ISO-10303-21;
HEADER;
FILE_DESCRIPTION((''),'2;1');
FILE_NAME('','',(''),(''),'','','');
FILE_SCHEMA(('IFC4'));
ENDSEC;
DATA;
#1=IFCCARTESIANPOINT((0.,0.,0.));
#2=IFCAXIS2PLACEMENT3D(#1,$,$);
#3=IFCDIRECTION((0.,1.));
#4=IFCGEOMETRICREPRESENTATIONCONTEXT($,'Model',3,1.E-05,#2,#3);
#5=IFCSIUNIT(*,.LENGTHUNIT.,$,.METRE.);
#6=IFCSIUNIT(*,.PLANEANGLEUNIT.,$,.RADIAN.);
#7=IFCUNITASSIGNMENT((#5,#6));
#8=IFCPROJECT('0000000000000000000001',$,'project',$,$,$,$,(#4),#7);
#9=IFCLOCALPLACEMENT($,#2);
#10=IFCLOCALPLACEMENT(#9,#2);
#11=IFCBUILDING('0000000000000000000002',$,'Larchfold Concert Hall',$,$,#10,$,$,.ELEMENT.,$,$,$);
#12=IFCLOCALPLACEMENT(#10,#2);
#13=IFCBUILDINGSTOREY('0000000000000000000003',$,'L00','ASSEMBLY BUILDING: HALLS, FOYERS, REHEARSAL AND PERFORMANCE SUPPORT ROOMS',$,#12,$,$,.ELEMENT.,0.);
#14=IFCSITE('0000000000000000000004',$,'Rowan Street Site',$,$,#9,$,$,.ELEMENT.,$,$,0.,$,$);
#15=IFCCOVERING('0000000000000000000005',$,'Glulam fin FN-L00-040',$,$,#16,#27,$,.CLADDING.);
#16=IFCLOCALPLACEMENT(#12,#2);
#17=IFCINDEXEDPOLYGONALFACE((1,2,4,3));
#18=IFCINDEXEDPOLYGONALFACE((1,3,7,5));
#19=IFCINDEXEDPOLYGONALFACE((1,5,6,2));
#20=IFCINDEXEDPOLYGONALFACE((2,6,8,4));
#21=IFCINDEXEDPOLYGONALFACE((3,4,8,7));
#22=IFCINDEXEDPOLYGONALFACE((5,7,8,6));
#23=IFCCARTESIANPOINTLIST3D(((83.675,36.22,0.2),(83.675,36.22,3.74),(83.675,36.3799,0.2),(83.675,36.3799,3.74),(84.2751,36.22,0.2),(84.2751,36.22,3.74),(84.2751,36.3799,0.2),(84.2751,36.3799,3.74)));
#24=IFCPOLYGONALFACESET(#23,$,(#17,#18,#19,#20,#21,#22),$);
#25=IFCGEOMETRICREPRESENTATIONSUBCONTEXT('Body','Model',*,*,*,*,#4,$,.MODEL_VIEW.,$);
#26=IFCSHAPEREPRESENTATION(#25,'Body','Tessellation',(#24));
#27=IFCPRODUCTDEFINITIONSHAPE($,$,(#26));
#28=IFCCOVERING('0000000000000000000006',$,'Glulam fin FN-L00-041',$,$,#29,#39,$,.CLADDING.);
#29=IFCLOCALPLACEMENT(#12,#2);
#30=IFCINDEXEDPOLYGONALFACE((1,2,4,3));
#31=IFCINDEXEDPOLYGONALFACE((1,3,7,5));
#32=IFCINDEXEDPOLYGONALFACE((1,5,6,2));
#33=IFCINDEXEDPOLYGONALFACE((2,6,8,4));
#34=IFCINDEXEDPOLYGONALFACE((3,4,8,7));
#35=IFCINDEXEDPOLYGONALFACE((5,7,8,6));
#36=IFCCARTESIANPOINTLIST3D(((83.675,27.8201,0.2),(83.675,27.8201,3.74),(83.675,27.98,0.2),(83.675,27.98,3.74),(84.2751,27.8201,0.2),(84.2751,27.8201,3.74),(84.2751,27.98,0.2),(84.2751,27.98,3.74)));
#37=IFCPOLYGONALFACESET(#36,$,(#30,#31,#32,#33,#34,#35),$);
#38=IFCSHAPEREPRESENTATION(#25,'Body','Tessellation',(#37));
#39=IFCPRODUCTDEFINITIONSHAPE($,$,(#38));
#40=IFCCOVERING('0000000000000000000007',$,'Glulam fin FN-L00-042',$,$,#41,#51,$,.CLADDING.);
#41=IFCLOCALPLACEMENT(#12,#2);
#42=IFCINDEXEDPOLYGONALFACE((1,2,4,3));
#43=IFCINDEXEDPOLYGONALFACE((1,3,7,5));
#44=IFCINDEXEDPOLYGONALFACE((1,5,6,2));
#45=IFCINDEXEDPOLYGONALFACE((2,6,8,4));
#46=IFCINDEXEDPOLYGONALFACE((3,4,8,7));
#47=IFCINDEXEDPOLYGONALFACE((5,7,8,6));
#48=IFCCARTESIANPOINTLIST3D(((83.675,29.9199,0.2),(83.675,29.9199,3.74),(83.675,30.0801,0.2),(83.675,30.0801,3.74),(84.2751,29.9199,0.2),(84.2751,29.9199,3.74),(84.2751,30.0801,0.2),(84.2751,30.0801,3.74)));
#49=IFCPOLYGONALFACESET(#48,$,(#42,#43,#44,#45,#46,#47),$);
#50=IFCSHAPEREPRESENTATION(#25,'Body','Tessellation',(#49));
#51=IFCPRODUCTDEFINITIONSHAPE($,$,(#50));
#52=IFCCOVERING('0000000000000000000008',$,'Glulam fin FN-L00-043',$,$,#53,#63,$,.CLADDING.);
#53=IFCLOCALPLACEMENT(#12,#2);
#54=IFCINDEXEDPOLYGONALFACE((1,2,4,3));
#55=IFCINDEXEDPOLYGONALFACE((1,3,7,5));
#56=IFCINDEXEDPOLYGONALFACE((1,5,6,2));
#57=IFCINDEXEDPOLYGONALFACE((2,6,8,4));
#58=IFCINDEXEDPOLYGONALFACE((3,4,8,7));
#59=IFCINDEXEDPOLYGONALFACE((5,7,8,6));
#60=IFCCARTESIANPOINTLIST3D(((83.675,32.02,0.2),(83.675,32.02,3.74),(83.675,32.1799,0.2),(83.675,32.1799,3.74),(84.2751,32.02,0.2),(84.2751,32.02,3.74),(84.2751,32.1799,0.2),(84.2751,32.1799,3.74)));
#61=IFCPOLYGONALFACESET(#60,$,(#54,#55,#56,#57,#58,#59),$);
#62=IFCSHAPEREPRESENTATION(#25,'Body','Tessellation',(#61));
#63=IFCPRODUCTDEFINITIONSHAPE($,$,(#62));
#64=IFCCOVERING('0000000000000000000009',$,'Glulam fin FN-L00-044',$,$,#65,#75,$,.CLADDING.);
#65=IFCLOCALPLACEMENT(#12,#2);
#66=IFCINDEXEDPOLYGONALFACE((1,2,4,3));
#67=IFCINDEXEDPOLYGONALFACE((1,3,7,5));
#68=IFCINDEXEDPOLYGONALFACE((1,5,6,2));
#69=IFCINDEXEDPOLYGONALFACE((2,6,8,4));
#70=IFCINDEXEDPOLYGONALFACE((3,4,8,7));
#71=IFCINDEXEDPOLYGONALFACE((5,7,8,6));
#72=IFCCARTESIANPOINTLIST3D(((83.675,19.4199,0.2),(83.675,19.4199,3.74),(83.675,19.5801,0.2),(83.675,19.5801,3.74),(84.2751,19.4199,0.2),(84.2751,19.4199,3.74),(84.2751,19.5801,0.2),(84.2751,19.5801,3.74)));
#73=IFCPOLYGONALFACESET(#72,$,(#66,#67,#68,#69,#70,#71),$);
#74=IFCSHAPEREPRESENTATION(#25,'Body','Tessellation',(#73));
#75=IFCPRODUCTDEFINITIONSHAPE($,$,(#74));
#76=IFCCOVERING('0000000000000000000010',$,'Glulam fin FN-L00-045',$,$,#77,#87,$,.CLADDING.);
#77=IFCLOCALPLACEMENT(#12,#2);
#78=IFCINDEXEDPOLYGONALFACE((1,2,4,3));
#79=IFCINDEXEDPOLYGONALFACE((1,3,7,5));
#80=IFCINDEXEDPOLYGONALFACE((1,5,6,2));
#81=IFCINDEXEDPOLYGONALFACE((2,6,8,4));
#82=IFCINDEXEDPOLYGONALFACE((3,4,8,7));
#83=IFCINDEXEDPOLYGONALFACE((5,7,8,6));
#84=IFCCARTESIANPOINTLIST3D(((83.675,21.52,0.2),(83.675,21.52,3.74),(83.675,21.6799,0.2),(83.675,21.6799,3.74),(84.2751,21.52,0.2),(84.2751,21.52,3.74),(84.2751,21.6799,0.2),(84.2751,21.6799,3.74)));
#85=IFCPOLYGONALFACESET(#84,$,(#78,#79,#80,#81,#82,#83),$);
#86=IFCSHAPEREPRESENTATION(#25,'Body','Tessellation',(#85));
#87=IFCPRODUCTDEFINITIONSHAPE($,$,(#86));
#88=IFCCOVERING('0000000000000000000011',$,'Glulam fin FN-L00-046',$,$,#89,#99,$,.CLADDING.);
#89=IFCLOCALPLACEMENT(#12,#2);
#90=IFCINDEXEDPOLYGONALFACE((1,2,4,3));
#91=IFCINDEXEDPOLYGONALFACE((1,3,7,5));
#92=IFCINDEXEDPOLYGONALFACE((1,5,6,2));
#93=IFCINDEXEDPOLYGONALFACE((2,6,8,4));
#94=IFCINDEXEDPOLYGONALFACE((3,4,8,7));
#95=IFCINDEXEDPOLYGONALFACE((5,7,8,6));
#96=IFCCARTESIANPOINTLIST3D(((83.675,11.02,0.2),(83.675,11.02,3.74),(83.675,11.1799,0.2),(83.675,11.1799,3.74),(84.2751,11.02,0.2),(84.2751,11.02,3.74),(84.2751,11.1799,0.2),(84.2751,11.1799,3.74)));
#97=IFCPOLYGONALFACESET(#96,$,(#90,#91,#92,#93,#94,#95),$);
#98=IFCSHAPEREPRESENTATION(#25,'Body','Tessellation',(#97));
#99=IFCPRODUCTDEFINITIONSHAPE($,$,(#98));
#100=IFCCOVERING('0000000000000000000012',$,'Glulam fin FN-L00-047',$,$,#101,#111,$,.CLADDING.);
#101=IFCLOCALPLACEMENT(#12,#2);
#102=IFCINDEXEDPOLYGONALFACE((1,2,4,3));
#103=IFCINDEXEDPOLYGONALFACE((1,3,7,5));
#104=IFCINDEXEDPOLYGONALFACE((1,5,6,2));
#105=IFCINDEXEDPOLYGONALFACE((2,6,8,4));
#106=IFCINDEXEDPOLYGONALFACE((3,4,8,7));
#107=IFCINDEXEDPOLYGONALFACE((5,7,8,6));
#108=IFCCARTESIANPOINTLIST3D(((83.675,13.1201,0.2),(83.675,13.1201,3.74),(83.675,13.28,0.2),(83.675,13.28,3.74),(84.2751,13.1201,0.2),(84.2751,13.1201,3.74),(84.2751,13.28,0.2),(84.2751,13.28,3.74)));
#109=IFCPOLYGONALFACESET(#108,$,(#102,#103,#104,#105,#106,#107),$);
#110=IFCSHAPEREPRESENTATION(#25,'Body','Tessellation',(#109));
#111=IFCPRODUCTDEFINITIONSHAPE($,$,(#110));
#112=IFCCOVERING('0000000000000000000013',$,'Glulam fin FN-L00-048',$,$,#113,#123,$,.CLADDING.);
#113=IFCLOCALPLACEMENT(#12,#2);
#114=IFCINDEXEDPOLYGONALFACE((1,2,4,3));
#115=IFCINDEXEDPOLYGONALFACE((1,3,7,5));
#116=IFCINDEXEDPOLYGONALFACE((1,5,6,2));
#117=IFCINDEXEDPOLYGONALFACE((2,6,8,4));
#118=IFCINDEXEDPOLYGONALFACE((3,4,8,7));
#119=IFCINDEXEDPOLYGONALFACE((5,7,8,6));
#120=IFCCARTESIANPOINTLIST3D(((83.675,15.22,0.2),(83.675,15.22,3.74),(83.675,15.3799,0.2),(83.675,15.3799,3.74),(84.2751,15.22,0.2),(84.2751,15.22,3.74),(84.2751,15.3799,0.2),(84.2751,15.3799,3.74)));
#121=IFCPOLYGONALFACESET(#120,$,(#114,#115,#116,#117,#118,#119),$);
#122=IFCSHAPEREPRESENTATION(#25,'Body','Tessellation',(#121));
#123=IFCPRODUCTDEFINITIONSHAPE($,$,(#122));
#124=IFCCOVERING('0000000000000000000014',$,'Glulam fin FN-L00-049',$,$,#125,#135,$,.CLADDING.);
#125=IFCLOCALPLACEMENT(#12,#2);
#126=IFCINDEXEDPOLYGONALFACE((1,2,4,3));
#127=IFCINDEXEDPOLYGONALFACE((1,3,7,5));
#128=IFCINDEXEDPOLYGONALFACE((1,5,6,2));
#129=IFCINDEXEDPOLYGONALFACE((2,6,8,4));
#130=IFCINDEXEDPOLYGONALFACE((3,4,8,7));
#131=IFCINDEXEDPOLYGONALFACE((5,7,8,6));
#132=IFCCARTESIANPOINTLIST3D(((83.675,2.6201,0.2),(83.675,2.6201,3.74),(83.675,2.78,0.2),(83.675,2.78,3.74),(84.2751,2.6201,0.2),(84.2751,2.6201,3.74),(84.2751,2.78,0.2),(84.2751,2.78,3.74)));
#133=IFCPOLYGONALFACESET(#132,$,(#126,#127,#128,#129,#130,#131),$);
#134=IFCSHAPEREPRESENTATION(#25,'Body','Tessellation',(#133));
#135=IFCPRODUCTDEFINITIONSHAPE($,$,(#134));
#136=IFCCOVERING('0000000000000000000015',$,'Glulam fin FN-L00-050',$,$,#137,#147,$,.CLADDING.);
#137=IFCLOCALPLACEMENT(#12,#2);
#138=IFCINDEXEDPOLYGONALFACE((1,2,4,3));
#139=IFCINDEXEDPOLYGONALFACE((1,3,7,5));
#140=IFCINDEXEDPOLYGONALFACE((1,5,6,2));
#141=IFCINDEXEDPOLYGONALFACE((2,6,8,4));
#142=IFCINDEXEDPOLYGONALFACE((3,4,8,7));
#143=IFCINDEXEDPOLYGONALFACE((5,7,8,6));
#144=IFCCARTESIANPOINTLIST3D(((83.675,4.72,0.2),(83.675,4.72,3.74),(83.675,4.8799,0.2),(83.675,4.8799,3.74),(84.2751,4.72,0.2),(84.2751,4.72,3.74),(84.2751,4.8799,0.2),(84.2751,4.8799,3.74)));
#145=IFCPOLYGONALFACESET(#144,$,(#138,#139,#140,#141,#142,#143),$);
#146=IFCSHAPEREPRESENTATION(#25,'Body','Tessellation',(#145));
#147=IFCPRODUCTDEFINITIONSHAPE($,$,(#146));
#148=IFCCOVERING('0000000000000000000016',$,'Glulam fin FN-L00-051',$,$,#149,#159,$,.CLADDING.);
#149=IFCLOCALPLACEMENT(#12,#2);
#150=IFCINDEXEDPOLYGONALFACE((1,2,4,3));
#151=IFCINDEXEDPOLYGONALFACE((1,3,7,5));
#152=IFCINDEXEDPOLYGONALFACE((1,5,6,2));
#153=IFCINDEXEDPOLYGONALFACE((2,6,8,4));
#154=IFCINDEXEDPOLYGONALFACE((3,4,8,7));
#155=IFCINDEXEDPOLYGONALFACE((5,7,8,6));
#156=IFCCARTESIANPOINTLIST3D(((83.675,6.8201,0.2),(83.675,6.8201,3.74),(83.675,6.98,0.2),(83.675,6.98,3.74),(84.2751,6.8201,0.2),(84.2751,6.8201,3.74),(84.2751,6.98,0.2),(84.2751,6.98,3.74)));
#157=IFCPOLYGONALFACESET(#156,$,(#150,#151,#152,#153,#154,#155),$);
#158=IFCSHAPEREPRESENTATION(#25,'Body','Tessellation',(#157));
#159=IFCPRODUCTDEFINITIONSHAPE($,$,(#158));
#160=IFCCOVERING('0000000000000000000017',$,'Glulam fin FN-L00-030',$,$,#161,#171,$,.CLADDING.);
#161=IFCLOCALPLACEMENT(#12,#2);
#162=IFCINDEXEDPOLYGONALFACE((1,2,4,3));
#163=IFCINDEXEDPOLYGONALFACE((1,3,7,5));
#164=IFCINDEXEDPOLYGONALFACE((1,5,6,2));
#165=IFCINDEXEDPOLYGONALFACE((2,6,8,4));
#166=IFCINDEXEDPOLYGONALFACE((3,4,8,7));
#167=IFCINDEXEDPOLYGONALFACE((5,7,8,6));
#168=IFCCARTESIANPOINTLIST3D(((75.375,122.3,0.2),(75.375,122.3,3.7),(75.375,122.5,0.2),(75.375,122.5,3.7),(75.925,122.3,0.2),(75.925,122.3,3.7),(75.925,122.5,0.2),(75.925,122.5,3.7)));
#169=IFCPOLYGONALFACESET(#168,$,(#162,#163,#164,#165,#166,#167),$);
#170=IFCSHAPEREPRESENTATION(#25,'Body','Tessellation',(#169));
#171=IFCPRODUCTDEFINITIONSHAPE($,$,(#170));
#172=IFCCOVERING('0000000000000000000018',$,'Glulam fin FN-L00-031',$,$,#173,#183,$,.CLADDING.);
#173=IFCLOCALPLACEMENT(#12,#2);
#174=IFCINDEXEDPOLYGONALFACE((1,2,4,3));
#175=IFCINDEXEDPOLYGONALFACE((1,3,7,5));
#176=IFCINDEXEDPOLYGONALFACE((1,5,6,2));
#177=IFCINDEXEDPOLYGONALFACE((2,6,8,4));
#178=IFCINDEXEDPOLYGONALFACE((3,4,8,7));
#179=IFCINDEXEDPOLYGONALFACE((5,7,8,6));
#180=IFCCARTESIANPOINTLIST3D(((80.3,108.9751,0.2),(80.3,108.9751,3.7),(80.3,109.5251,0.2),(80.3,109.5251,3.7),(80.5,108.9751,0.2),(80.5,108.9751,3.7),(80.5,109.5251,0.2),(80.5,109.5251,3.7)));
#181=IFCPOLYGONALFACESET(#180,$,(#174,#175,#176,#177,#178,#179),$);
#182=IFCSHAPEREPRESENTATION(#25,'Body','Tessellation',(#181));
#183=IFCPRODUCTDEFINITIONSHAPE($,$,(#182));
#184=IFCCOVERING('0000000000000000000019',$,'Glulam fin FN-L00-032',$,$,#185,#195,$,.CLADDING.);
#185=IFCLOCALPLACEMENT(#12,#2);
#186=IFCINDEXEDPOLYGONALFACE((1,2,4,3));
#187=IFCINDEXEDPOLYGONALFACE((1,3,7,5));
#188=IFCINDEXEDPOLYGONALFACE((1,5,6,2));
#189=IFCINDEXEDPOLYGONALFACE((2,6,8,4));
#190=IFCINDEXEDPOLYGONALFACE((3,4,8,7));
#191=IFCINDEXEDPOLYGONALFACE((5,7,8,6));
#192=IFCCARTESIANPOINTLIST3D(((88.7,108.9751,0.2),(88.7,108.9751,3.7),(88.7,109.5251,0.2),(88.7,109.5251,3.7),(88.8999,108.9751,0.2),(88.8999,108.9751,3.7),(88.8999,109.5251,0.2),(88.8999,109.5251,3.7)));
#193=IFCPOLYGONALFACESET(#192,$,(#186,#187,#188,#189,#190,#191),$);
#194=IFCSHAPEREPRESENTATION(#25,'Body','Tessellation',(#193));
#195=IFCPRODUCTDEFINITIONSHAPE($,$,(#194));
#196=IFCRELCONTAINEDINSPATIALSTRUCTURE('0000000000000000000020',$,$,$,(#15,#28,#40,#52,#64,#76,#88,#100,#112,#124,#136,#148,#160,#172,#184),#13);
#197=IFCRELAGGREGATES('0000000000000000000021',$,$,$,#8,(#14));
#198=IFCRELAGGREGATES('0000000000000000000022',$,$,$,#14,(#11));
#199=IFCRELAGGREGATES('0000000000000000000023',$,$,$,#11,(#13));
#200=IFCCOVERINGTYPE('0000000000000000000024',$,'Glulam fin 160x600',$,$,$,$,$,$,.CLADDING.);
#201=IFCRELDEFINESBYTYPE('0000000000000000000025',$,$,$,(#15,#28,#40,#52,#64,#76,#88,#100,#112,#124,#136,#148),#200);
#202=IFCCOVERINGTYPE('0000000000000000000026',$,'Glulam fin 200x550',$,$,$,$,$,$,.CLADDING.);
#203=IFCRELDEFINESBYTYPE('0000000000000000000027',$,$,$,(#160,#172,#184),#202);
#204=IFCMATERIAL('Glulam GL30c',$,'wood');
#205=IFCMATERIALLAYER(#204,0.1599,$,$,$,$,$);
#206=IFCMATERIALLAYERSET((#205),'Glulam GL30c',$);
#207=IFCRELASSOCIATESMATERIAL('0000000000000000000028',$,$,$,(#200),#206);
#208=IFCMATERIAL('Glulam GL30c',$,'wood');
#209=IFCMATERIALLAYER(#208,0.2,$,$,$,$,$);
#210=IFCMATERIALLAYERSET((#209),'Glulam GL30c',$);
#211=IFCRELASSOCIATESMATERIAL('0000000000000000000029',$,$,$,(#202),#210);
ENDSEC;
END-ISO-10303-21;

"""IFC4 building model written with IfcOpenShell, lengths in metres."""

from ifc_helpers import new_model, si_unit, direction, frame, origin, place, context, subcontext, project, spatial, polyline, outline, extrude, material, layer, layer_set, type_object, element, save


model = new_model("IFC4")

# Units and contexts
model_context = context("Model", 3, precision=1e-05, world=origin(), true_north=direction((0.0, 1.0)))
body_context = subcontext(model_context, "Body", "Model", "MODEL_VIEW")
ifc_project = project(units=[si_unit("LENGTHUNIT", "METRE"), si_unit("PLANEANGLEUNIT", "RADIAN")], contexts=[model_context])

# Site, building, storey
site_placement = place(None, origin())
site = spatial("IfcSite", under=ifc_project, at=site_placement, Name="Rowan Street Site", CompositionType="ELEMENT", RefElevation=0.0)
building_placement = place(site_placement, origin())
building = spatial("IfcBuilding", under=site, at=building_placement, Name="Larchfold Concert Hall", CompositionType="ELEMENT")
storey_placement = place(building_placement, origin())
storey = spatial("IfcBuildingStorey", under=building, at=storey_placement, Name="L00", Description="ASSEMBLY BUILDING: HALLS, FOYERS, REHEARSAL AND PERFORMANCE SUPPORT ROOMS", CompositionType="ELEMENT", Elevation=0.0)

# Coverings
ifc_material_1 = material(Name="Glulam GL30c", Category="wood")
ifc_layer_1 = layer(ifc_material_1, 0.1599)
ifc_layer_set_1 = layer_set([ifc_layer_1], Name="Glulam GL30c")
covering_type_1 = type_object("IfcCoveringType", Name="Glulam fin 160x600", PredefinedType="CLADDING", material=ifc_layer_set_1)
covering_1_placement = place(storey_placement, frame((0.0, 0.0, 0.2)))
element("IfcCovering", 1, at=covering_1_placement, inside=storey, type_object=covering_type_1, Name="Glulam fin FN-L00-040", PredefinedType="CLADDING", context=body_context, shape_type="SweptSolid", body=[
    extrude(outline(polyline([(84.2751, 36.22), (84.2751, 36.3799), (83.675, 36.3799), (83.675, 36.22), (84.2751, 36.22)])), origin(), (0.0, 0.0, 1.0), 3.54),
])
covering_2_placement = place(storey_placement, frame((0.0, 0.0, 0.2)))
element("IfcCovering", 2, at=covering_2_placement, inside=storey, type_object=covering_type_1, Name="Glulam fin FN-L00-041", PredefinedType="CLADDING", context=body_context, shape_type="SweptSolid", body=[
    extrude(outline(polyline([(84.2751, 27.8201), (84.2751, 27.98), (83.675, 27.98), (83.675, 27.8201), (84.2751, 27.8201)])), origin(), (0.0, 0.0, 1.0), 3.54),
])
covering_3_placement = place(storey_placement, frame((0.0, 0.0, 0.2)))
element("IfcCovering", 3, at=covering_3_placement, inside=storey, type_object=covering_type_1, Name="Glulam fin FN-L00-042", PredefinedType="CLADDING", context=body_context, shape_type="SweptSolid", body=[
    extrude(outline(polyline([(84.2751, 29.9199), (84.2751, 30.0801), (83.675, 30.0801), (83.675, 29.9199), (84.2751, 29.9199)])), origin(), (0.0, 0.0, 1.0), 3.54),
])
covering_4_placement = place(storey_placement, frame((0.0, 0.0, 0.2)))
element("IfcCovering", 4, at=covering_4_placement, inside=storey, type_object=covering_type_1, Name="Glulam fin FN-L00-043", PredefinedType="CLADDING", context=body_context, shape_type="SweptSolid", body=[
    extrude(outline(polyline([(84.2751, 32.02), (84.2751, 32.1799), (83.675, 32.1799), (83.675, 32.02), (84.2751, 32.02)])), origin(), (0.0, 0.0, 1.0), 3.54),
])
covering_5_placement = place(storey_placement, frame((0.0, 0.0, 0.2)))
element("IfcCovering", 5, at=covering_5_placement, inside=storey, type_object=covering_type_1, Name="Glulam fin FN-L00-044", PredefinedType="CLADDING", context=body_context, shape_type="SweptSolid", body=[
    extrude(outline(polyline([(84.2751, 19.4199), (84.2751, 19.5801), (83.675, 19.5801), (83.675, 19.4199), (84.2751, 19.4199)])), origin(), (0.0, 0.0, 1.0), 3.54),
])
covering_6_placement = place(storey_placement, frame((0.0, 0.0, 0.2)))
element("IfcCovering", 6, at=covering_6_placement, inside=storey, type_object=covering_type_1, Name="Glulam fin FN-L00-045", PredefinedType="CLADDING", context=body_context, shape_type="SweptSolid", body=[
    extrude(outline(polyline([(84.2751, 21.52), (84.2751, 21.6799), (83.675, 21.6799), (83.675, 21.52), (84.2751, 21.52)])), origin(), (0.0, 0.0, 1.0), 3.54),
])
covering_7_placement = place(storey_placement, frame((0.0, 0.0, 0.2)))
element("IfcCovering", 7, at=covering_7_placement, inside=storey, type_object=covering_type_1, Name="Glulam fin FN-L00-046", PredefinedType="CLADDING", context=body_context, shape_type="SweptSolid", body=[
    extrude(outline(polyline([(84.2751, 11.02), (84.2751, 11.1799), (83.675, 11.1799), (83.675, 11.02), (84.2751, 11.02)])), origin(), (0.0, 0.0, 1.0), 3.54),
])
covering_8_placement = place(storey_placement, frame((0.0, 0.0, 0.2)))
element("IfcCovering", 8, at=covering_8_placement, inside=storey, type_object=covering_type_1, Name="Glulam fin FN-L00-047", PredefinedType="CLADDING", context=body_context, shape_type="SweptSolid", body=[
    extrude(outline(polyline([(84.2751, 13.1201), (84.2751, 13.28), (83.675, 13.28), (83.675, 13.1201), (84.2751, 13.1201)])), origin(), (0.0, 0.0, 1.0), 3.54),
])
covering_9_placement = place(storey_placement, frame((0.0, 0.0, 0.2)))
element("IfcCovering", 9, at=covering_9_placement, inside=storey, type_object=covering_type_1, Name="Glulam fin FN-L00-048", PredefinedType="CLADDING", context=body_context, shape_type="SweptSolid", body=[
    extrude(outline(polyline([(84.2751, 15.22), (84.2751, 15.3799), (83.675, 15.3799), (83.675, 15.22), (84.2751, 15.22)])), origin(), (0.0, 0.0, 1.0), 3.54),
])
covering_10_placement = place(storey_placement, frame((0.0, 0.0, 0.2)))
element("IfcCovering", 10, at=covering_10_placement, inside=storey, type_object=covering_type_1, Name="Glulam fin FN-L00-049", PredefinedType="CLADDING", context=body_context, shape_type="SweptSolid", body=[
    extrude(outline(polyline([(84.2751, 2.6201), (84.2751, 2.78), (83.675, 2.78), (83.675, 2.6201), (84.2751, 2.6201)])), origin(), (0.0, 0.0, 1.0), 3.54),
])
covering_11_placement = place(storey_placement, frame((0.0, 0.0, 0.2)))
element("IfcCovering", 11, at=covering_11_placement, inside=storey, type_object=covering_type_1, Name="Glulam fin FN-L00-050", PredefinedType="CLADDING", context=body_context, shape_type="SweptSolid", body=[
    extrude(outline(polyline([(84.2751, 4.72), (84.2751, 4.8799), (83.675, 4.8799), (83.675, 4.72), (84.2751, 4.72)])), origin(), (0.0, 0.0, 1.0), 3.54),
])
covering_12_placement = place(storey_placement, frame((0.0, 0.0, 0.2)))
element("IfcCovering", 12, at=covering_12_placement, inside=storey, type_object=covering_type_1, Name="Glulam fin FN-L00-051", PredefinedType="CLADDING", context=body_context, shape_type="SweptSolid", body=[
    extrude(outline(polyline([(84.2751, 6.8201), (84.2751, 6.98), (83.675, 6.98), (83.675, 6.8201), (84.2751, 6.8201)])), origin(), (0.0, 0.0, 1.0), 3.54),
])
ifc_material_2 = material(Name="Glulam GL30c", Category="wood")
ifc_layer_2 = layer(ifc_material_2, 0.2)
ifc_layer_set_2 = layer_set([ifc_layer_2], Name="Glulam GL30c")
covering_type_2 = type_object("IfcCoveringType", Name="Glulam fin 200x550", PredefinedType="CLADDING", material=ifc_layer_set_2)
covering_13_placement = place(storey_placement, frame((0.0, 0.0, 0.2)))
element("IfcCovering", 13, at=covering_13_placement, inside=storey, type_object=covering_type_2, Name="Glulam fin FN-L00-030", PredefinedType="CLADDING", context=body_context, shape_type="SweptSolid", body=[
    extrude(outline(polyline([(75.925, 122.3), (75.925, 122.5), (75.375, 122.5), (75.375, 122.3), (75.925, 122.3)])), origin(), (0.0, 0.0, 1.0), 3.5),
])
covering_14_placement = place(storey_placement, frame((0.0, 0.0, 0.2)))
element("IfcCovering", 14, at=covering_14_placement, inside=storey, type_object=covering_type_2, Name="Glulam fin FN-L00-031", PredefinedType="CLADDING", context=body_context, shape_type="SweptSolid", body=[
    extrude(outline(polyline([(80.5, 108.9751), (80.5, 109.5251), (80.3, 109.5251), (80.3, 108.9751), (80.5, 108.9751)])), origin(), (0.0, 0.0, 1.0), 3.5),
])
covering_15_placement = place(storey_placement, frame((0.0, 0.0, 0.2)))
element("IfcCovering", 15, at=covering_15_placement, inside=storey, type_object=covering_type_2, Name="Glulam fin FN-L00-032", PredefinedType="CLADDING", context=body_context, shape_type="SweptSolid", body=[
    extrude(outline(polyline([(88.8999, 108.9751), (88.8999, 109.5251), (88.7, 109.5251), (88.7, 108.9751), (88.8999, 108.9751)])), origin(), (0.0, 0.0, 1.0), 3.5),
])

save(model, "model.ifc")
